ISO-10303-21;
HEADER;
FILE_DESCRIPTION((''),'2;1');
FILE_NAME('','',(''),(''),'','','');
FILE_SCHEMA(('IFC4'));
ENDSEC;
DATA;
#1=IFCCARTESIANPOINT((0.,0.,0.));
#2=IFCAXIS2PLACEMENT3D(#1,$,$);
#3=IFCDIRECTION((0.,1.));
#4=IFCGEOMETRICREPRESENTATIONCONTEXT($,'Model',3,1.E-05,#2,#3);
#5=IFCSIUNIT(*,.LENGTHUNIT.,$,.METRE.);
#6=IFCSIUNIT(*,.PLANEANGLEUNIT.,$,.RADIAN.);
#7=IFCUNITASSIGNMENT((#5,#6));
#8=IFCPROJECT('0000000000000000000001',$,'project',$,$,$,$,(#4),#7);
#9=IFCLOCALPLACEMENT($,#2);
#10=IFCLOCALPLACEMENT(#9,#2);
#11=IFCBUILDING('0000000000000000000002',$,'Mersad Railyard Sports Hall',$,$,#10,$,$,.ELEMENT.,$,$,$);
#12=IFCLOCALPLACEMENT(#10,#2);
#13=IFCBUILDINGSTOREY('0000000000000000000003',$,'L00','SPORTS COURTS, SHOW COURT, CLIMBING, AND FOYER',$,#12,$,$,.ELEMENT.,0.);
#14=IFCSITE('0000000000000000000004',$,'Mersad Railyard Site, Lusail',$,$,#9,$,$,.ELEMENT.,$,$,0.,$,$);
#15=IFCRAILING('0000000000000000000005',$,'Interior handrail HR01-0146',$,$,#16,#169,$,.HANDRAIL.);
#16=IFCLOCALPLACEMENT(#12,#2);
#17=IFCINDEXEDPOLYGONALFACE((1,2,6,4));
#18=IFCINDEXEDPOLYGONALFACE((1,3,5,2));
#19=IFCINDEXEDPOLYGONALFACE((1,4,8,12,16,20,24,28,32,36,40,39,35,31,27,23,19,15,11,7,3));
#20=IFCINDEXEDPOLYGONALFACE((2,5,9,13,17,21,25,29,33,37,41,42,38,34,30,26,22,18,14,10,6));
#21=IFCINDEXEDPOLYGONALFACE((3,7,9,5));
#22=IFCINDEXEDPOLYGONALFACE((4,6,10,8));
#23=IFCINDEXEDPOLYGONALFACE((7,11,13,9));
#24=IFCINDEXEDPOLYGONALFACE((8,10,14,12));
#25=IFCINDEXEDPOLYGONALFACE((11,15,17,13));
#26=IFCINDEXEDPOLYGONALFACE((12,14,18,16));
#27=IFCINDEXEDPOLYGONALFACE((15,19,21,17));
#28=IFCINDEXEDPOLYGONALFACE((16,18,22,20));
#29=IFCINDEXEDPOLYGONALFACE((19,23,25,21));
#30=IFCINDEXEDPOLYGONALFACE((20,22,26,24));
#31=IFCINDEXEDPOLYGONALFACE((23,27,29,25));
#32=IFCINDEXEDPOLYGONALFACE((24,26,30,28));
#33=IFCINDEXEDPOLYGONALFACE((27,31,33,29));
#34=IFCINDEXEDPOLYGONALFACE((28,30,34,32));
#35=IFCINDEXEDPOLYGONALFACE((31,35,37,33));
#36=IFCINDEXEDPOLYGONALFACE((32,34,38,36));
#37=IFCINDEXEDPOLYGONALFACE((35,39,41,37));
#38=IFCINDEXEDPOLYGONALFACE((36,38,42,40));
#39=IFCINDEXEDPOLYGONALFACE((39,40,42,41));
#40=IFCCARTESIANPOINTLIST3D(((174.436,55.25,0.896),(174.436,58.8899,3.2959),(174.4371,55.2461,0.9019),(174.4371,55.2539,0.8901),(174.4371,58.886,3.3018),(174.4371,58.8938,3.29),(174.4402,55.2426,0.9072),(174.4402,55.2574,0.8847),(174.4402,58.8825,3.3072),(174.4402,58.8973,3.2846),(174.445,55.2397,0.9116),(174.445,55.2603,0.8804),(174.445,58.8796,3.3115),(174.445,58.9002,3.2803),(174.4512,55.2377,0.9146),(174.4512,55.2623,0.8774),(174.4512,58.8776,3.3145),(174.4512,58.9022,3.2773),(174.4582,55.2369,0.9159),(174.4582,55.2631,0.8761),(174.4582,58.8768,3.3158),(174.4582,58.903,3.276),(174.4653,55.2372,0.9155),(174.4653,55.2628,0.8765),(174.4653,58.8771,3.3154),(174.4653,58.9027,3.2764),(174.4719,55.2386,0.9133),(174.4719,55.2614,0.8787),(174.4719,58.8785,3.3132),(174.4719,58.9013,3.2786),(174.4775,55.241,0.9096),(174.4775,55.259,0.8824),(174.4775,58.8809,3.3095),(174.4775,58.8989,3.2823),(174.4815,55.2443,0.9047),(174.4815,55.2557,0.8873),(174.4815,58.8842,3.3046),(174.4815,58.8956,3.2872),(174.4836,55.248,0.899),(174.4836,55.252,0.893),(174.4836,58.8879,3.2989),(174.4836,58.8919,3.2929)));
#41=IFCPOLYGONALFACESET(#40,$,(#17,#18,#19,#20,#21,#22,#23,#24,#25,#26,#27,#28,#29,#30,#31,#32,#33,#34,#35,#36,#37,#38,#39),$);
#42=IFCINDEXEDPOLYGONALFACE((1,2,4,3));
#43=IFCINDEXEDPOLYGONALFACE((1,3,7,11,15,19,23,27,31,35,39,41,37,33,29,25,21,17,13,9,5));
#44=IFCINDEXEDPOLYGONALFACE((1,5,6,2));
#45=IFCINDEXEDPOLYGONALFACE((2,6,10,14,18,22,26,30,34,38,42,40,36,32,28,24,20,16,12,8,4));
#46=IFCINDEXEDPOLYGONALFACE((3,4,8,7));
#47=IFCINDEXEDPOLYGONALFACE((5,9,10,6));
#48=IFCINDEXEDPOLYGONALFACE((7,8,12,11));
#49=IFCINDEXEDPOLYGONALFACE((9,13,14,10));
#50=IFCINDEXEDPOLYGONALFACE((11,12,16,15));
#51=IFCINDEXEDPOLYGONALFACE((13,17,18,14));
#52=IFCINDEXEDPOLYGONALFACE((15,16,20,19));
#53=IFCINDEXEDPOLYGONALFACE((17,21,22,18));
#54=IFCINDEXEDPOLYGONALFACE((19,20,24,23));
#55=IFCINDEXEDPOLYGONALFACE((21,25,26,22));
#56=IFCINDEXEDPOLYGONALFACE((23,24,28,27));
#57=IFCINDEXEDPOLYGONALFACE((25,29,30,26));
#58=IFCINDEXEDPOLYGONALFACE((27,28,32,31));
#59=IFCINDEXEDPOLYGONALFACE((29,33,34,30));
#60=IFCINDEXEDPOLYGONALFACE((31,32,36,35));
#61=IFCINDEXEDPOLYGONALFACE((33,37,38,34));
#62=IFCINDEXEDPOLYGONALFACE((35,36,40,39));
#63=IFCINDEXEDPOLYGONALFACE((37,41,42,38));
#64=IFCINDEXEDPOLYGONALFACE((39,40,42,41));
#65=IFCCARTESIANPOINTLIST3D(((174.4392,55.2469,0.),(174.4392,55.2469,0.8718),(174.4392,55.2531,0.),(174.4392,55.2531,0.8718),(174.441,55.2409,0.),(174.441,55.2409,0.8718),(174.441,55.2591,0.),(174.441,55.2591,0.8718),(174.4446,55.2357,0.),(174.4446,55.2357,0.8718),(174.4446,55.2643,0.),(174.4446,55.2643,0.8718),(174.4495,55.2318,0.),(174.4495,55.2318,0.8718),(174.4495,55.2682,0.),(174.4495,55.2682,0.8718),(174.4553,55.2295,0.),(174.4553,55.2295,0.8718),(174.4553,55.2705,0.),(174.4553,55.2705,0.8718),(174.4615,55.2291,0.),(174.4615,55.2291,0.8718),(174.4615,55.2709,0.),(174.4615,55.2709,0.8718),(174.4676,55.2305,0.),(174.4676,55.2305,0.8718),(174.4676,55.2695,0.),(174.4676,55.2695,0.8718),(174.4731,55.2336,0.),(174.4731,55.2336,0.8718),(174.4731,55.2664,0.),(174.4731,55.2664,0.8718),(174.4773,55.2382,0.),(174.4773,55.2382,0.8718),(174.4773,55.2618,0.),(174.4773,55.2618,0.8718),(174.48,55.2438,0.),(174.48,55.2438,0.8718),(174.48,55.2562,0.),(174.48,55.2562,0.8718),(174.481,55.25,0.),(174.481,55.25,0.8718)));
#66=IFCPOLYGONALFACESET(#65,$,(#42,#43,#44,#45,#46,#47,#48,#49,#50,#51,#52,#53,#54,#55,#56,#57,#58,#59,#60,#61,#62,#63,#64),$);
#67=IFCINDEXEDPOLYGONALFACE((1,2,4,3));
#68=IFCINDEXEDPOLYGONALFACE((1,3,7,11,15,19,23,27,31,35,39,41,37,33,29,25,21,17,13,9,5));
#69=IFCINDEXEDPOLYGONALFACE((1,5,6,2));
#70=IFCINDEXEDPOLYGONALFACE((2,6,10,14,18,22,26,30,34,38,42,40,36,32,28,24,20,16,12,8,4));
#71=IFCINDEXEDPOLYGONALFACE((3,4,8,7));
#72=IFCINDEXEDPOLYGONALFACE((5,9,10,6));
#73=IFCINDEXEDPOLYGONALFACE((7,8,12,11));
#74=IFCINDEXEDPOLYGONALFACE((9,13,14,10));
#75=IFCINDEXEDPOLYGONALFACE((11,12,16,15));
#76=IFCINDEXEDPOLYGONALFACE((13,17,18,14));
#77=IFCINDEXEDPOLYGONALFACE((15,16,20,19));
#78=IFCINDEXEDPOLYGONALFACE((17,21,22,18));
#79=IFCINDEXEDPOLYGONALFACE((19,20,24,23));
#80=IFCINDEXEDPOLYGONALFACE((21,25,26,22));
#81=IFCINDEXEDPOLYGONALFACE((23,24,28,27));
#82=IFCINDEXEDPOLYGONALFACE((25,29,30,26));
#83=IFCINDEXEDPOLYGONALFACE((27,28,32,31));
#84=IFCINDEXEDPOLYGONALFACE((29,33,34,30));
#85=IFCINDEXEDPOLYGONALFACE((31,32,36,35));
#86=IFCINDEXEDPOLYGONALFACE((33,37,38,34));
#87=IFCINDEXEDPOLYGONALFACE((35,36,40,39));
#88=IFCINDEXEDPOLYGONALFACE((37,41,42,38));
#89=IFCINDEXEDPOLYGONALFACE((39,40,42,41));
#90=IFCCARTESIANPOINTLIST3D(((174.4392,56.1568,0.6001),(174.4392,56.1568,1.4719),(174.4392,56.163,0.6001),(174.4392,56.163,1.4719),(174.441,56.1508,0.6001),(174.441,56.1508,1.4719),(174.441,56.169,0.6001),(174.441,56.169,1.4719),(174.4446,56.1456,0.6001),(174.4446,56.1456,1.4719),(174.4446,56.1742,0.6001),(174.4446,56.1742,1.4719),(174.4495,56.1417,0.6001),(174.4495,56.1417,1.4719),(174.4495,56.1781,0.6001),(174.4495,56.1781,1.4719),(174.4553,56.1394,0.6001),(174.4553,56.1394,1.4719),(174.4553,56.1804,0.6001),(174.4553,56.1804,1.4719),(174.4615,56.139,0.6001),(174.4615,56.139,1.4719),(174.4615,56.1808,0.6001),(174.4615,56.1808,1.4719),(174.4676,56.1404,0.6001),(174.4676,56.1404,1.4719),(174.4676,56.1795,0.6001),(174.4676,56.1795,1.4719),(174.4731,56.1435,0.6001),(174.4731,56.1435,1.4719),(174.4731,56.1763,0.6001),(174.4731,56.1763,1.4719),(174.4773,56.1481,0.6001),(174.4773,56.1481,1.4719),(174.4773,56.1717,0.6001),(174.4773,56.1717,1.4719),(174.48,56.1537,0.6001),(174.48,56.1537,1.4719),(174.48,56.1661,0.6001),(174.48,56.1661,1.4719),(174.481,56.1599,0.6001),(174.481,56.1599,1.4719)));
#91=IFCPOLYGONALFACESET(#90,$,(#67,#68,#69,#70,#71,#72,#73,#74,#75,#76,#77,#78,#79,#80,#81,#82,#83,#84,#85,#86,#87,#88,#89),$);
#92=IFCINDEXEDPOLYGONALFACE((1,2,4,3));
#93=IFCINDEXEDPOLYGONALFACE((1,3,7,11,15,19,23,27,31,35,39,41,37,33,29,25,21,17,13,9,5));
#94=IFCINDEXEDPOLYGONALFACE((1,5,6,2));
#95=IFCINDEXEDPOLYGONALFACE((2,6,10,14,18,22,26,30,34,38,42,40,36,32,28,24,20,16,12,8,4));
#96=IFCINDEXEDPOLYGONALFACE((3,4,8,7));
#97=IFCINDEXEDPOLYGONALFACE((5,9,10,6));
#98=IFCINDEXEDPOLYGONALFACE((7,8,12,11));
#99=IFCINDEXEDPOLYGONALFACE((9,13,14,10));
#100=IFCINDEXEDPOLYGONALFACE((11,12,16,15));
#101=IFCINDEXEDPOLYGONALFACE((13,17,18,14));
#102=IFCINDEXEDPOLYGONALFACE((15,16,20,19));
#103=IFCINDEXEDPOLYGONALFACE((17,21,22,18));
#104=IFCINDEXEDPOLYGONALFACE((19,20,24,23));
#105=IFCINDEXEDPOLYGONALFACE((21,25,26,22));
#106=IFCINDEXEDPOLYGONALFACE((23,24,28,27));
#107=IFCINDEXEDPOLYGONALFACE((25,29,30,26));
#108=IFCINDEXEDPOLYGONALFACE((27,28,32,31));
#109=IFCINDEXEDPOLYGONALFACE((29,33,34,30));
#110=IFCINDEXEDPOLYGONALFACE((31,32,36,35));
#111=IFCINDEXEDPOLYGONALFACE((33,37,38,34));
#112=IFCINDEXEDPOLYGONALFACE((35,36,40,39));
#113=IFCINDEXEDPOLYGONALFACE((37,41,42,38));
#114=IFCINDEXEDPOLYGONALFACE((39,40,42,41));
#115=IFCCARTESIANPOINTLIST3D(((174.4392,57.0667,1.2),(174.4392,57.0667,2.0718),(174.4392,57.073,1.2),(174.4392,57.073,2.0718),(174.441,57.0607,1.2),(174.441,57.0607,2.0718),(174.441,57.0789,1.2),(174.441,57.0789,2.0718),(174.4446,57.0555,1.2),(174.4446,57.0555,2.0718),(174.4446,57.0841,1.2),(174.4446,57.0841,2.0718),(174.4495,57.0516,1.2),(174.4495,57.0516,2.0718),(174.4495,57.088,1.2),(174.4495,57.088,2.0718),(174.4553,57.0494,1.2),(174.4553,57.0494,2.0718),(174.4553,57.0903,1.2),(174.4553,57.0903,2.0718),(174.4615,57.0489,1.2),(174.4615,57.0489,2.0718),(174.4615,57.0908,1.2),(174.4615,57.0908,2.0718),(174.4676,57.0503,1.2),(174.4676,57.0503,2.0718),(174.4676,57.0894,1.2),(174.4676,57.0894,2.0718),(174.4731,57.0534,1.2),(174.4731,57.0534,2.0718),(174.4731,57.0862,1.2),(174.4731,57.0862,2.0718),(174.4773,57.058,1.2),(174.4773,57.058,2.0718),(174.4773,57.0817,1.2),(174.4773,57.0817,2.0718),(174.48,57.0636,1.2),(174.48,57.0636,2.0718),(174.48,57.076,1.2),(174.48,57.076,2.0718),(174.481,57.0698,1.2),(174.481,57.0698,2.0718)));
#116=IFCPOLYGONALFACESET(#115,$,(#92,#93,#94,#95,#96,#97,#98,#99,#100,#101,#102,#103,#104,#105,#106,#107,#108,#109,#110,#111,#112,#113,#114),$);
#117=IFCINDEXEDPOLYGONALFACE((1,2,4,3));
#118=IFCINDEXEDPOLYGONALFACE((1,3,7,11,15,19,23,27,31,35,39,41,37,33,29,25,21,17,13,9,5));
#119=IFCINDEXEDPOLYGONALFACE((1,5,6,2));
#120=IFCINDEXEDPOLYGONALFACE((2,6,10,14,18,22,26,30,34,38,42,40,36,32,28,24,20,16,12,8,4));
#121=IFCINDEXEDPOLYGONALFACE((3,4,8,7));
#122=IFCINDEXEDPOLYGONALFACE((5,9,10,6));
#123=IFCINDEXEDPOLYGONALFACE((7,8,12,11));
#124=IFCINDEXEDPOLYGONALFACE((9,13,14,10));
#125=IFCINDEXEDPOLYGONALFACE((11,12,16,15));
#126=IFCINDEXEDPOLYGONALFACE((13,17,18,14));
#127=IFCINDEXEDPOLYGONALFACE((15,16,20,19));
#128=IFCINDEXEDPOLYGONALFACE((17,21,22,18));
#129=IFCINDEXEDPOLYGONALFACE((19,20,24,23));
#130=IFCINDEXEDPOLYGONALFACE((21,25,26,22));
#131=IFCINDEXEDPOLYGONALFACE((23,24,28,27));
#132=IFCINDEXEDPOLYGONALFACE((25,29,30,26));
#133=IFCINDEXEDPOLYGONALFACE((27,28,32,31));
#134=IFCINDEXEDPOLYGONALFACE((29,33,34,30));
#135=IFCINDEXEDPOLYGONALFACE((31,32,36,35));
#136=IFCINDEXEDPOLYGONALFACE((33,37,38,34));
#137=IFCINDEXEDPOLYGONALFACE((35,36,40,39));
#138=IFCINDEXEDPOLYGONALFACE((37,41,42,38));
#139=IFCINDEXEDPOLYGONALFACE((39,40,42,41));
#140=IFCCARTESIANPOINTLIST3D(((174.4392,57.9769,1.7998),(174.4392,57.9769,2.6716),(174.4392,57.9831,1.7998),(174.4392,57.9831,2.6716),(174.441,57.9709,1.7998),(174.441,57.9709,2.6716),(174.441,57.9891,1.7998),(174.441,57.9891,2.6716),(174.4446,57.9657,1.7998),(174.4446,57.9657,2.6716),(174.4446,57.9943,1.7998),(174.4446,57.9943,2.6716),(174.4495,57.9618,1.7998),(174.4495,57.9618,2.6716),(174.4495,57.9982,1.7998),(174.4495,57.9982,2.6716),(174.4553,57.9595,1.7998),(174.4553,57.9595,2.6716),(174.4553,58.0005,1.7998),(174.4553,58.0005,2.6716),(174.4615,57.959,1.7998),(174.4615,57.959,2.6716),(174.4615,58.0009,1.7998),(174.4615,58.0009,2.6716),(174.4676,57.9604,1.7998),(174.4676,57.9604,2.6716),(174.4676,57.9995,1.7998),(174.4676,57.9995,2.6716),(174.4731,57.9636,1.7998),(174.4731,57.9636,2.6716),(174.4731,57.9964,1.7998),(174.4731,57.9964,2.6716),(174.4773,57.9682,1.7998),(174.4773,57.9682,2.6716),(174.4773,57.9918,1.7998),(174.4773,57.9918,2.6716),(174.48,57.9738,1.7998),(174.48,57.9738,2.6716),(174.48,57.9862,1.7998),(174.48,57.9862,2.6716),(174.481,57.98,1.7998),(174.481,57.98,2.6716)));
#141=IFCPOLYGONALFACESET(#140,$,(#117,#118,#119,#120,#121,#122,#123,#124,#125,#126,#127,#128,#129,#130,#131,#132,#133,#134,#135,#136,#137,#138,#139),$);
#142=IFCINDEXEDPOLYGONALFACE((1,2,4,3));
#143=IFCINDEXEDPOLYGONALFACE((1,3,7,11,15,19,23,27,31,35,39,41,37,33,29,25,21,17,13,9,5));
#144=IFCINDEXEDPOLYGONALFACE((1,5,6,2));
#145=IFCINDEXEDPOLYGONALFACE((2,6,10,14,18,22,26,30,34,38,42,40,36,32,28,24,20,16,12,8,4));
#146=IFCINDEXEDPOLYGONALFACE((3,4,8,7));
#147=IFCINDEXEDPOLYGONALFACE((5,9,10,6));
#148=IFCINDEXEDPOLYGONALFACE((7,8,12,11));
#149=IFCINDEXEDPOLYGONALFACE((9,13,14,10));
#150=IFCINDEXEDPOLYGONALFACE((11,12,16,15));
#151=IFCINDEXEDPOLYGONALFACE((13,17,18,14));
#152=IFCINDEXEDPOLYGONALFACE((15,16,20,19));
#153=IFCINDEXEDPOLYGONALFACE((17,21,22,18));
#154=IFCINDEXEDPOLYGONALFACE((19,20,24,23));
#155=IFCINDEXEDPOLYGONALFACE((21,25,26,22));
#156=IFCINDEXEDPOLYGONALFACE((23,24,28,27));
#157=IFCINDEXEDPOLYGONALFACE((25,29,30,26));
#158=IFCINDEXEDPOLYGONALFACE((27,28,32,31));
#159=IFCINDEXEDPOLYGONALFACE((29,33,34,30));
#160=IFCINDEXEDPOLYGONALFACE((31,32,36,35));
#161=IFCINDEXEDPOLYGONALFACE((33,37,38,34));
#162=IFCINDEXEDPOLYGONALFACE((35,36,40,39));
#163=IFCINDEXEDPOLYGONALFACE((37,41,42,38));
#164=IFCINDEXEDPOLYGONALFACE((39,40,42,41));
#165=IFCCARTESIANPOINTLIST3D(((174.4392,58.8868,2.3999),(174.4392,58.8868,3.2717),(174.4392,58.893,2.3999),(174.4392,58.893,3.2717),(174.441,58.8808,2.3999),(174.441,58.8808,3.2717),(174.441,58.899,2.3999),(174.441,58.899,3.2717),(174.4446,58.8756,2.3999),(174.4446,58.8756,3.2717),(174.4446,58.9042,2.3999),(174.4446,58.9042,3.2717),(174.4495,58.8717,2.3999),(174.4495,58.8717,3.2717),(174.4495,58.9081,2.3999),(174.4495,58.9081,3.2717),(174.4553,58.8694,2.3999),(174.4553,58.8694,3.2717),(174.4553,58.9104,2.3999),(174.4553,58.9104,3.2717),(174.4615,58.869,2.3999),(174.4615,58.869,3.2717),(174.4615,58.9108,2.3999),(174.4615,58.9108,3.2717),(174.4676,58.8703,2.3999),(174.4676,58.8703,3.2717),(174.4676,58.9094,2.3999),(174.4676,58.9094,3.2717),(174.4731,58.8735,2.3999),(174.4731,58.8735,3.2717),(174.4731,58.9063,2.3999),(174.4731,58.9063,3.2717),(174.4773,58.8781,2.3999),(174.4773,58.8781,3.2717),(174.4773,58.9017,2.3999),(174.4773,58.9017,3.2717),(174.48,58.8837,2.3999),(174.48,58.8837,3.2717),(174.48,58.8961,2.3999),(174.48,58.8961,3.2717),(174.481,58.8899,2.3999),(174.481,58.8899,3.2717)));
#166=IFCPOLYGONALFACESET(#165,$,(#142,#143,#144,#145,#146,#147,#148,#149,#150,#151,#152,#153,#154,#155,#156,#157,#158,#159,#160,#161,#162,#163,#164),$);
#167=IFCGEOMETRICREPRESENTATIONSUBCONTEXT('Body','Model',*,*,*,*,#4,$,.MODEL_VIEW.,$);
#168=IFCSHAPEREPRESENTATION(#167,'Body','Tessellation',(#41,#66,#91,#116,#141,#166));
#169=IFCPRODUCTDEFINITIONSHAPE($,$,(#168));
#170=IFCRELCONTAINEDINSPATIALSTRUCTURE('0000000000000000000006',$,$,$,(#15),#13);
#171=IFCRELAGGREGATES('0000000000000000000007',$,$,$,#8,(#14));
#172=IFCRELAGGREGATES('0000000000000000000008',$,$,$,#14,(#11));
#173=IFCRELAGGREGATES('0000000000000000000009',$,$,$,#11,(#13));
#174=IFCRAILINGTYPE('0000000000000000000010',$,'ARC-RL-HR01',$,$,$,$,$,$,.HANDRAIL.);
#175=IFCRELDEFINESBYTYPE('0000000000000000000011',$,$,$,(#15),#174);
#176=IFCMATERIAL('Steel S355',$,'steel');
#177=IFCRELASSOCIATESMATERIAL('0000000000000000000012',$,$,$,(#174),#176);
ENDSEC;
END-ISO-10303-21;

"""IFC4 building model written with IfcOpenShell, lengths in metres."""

from ifc_helpers import new_model, si_unit, direction, frame, origin, origin_2d, place, context, subcontext, project, spatial, circle, extrude, material, type_object, element, save


model = new_model("IFC4")

# Units and contexts
model_context = context("Model", 3, precision=1e-05, world=origin(), true_north=direction((0.0, 1.0)))
body_context = subcontext(model_context, "Body", "Model", "MODEL_VIEW")
ifc_project = project(units=[si_unit("LENGTHUNIT", "METRE"), si_unit("PLANEANGLEUNIT", "RADIAN")], contexts=[model_context])

# Site, building, storey
site_placement = place(None, origin())
site = spatial("IfcSite", under=ifc_project, at=site_placement, Name="Mersad Railyard Site, Lusail", CompositionType="ELEMENT", RefElevation=0.0)
building_placement = place(site_placement, origin())
building = spatial("IfcBuilding", under=site, at=building_placement, Name="Mersad Railyard Sports Hall", CompositionType="ELEMENT")
storey_placement = place(building_placement, origin())
storey = spatial("IfcBuildingStorey", under=building, at=storey_placement, Name="L00", Description="SPORTS COURTS, SHOW COURT, CLIMBING, AND FOYER", CompositionType="ELEMENT", Elevation=0.0)

# Shared definitions
ifc_material_1 = material(Name="Steel S355", Category="steel")

# Railing
railing_type_1 = type_object("IfcRailingType", Name="ARC-RL-HR01", PredefinedType="HANDRAIL", material=ifc_material_1)
railing_1_placement = place(storey_placement, frame((174.46, 55.25, 0.0)))
element("IfcRailing", 1, at=railing_1_placement, inside=storey, type_object=railing_type_1, Name="Interior handrail HR01-0146", PredefinedType="HANDRAIL", context=body_context, shape_type="SweptSolid", body=[
    extrude(circle(Radius=0.0239, at=origin_2d()), frame((0.0, 0.0, 0.896), z_axis=(0.0, 0.834865, 0.550454), x_axis=(-1.0, 0.0, 0.0)), (0.0, 0.0, 1.0), 4.3599),
    extrude(circle(Radius=0.021, at=origin_2d()), origin(), (0.0, 0.0, 1.0), 0.8718),
    extrude(circle(Radius=0.021, at=origin_2d()), frame((0.0, 0.9099, 0.6001)), (0.0, 0.0, 1.0), 0.8718),
    extrude(circle(Radius=0.021, at=origin_2d()), frame((0.0, 1.8198, 1.2)), (0.0, 0.0, 1.0), 0.8718),
    extrude(circle(Radius=0.021, at=origin_2d()), frame((0.0, 2.73, 1.7998)), (0.0, 0.0, 1.0), 0.8718),
    extrude(circle(Radius=0.021, at=origin_2d()), frame((0.0, 3.6399, 2.3999)), (0.0, 0.0, 1.0), 0.8718),
])

save(model, "model.ifc")
